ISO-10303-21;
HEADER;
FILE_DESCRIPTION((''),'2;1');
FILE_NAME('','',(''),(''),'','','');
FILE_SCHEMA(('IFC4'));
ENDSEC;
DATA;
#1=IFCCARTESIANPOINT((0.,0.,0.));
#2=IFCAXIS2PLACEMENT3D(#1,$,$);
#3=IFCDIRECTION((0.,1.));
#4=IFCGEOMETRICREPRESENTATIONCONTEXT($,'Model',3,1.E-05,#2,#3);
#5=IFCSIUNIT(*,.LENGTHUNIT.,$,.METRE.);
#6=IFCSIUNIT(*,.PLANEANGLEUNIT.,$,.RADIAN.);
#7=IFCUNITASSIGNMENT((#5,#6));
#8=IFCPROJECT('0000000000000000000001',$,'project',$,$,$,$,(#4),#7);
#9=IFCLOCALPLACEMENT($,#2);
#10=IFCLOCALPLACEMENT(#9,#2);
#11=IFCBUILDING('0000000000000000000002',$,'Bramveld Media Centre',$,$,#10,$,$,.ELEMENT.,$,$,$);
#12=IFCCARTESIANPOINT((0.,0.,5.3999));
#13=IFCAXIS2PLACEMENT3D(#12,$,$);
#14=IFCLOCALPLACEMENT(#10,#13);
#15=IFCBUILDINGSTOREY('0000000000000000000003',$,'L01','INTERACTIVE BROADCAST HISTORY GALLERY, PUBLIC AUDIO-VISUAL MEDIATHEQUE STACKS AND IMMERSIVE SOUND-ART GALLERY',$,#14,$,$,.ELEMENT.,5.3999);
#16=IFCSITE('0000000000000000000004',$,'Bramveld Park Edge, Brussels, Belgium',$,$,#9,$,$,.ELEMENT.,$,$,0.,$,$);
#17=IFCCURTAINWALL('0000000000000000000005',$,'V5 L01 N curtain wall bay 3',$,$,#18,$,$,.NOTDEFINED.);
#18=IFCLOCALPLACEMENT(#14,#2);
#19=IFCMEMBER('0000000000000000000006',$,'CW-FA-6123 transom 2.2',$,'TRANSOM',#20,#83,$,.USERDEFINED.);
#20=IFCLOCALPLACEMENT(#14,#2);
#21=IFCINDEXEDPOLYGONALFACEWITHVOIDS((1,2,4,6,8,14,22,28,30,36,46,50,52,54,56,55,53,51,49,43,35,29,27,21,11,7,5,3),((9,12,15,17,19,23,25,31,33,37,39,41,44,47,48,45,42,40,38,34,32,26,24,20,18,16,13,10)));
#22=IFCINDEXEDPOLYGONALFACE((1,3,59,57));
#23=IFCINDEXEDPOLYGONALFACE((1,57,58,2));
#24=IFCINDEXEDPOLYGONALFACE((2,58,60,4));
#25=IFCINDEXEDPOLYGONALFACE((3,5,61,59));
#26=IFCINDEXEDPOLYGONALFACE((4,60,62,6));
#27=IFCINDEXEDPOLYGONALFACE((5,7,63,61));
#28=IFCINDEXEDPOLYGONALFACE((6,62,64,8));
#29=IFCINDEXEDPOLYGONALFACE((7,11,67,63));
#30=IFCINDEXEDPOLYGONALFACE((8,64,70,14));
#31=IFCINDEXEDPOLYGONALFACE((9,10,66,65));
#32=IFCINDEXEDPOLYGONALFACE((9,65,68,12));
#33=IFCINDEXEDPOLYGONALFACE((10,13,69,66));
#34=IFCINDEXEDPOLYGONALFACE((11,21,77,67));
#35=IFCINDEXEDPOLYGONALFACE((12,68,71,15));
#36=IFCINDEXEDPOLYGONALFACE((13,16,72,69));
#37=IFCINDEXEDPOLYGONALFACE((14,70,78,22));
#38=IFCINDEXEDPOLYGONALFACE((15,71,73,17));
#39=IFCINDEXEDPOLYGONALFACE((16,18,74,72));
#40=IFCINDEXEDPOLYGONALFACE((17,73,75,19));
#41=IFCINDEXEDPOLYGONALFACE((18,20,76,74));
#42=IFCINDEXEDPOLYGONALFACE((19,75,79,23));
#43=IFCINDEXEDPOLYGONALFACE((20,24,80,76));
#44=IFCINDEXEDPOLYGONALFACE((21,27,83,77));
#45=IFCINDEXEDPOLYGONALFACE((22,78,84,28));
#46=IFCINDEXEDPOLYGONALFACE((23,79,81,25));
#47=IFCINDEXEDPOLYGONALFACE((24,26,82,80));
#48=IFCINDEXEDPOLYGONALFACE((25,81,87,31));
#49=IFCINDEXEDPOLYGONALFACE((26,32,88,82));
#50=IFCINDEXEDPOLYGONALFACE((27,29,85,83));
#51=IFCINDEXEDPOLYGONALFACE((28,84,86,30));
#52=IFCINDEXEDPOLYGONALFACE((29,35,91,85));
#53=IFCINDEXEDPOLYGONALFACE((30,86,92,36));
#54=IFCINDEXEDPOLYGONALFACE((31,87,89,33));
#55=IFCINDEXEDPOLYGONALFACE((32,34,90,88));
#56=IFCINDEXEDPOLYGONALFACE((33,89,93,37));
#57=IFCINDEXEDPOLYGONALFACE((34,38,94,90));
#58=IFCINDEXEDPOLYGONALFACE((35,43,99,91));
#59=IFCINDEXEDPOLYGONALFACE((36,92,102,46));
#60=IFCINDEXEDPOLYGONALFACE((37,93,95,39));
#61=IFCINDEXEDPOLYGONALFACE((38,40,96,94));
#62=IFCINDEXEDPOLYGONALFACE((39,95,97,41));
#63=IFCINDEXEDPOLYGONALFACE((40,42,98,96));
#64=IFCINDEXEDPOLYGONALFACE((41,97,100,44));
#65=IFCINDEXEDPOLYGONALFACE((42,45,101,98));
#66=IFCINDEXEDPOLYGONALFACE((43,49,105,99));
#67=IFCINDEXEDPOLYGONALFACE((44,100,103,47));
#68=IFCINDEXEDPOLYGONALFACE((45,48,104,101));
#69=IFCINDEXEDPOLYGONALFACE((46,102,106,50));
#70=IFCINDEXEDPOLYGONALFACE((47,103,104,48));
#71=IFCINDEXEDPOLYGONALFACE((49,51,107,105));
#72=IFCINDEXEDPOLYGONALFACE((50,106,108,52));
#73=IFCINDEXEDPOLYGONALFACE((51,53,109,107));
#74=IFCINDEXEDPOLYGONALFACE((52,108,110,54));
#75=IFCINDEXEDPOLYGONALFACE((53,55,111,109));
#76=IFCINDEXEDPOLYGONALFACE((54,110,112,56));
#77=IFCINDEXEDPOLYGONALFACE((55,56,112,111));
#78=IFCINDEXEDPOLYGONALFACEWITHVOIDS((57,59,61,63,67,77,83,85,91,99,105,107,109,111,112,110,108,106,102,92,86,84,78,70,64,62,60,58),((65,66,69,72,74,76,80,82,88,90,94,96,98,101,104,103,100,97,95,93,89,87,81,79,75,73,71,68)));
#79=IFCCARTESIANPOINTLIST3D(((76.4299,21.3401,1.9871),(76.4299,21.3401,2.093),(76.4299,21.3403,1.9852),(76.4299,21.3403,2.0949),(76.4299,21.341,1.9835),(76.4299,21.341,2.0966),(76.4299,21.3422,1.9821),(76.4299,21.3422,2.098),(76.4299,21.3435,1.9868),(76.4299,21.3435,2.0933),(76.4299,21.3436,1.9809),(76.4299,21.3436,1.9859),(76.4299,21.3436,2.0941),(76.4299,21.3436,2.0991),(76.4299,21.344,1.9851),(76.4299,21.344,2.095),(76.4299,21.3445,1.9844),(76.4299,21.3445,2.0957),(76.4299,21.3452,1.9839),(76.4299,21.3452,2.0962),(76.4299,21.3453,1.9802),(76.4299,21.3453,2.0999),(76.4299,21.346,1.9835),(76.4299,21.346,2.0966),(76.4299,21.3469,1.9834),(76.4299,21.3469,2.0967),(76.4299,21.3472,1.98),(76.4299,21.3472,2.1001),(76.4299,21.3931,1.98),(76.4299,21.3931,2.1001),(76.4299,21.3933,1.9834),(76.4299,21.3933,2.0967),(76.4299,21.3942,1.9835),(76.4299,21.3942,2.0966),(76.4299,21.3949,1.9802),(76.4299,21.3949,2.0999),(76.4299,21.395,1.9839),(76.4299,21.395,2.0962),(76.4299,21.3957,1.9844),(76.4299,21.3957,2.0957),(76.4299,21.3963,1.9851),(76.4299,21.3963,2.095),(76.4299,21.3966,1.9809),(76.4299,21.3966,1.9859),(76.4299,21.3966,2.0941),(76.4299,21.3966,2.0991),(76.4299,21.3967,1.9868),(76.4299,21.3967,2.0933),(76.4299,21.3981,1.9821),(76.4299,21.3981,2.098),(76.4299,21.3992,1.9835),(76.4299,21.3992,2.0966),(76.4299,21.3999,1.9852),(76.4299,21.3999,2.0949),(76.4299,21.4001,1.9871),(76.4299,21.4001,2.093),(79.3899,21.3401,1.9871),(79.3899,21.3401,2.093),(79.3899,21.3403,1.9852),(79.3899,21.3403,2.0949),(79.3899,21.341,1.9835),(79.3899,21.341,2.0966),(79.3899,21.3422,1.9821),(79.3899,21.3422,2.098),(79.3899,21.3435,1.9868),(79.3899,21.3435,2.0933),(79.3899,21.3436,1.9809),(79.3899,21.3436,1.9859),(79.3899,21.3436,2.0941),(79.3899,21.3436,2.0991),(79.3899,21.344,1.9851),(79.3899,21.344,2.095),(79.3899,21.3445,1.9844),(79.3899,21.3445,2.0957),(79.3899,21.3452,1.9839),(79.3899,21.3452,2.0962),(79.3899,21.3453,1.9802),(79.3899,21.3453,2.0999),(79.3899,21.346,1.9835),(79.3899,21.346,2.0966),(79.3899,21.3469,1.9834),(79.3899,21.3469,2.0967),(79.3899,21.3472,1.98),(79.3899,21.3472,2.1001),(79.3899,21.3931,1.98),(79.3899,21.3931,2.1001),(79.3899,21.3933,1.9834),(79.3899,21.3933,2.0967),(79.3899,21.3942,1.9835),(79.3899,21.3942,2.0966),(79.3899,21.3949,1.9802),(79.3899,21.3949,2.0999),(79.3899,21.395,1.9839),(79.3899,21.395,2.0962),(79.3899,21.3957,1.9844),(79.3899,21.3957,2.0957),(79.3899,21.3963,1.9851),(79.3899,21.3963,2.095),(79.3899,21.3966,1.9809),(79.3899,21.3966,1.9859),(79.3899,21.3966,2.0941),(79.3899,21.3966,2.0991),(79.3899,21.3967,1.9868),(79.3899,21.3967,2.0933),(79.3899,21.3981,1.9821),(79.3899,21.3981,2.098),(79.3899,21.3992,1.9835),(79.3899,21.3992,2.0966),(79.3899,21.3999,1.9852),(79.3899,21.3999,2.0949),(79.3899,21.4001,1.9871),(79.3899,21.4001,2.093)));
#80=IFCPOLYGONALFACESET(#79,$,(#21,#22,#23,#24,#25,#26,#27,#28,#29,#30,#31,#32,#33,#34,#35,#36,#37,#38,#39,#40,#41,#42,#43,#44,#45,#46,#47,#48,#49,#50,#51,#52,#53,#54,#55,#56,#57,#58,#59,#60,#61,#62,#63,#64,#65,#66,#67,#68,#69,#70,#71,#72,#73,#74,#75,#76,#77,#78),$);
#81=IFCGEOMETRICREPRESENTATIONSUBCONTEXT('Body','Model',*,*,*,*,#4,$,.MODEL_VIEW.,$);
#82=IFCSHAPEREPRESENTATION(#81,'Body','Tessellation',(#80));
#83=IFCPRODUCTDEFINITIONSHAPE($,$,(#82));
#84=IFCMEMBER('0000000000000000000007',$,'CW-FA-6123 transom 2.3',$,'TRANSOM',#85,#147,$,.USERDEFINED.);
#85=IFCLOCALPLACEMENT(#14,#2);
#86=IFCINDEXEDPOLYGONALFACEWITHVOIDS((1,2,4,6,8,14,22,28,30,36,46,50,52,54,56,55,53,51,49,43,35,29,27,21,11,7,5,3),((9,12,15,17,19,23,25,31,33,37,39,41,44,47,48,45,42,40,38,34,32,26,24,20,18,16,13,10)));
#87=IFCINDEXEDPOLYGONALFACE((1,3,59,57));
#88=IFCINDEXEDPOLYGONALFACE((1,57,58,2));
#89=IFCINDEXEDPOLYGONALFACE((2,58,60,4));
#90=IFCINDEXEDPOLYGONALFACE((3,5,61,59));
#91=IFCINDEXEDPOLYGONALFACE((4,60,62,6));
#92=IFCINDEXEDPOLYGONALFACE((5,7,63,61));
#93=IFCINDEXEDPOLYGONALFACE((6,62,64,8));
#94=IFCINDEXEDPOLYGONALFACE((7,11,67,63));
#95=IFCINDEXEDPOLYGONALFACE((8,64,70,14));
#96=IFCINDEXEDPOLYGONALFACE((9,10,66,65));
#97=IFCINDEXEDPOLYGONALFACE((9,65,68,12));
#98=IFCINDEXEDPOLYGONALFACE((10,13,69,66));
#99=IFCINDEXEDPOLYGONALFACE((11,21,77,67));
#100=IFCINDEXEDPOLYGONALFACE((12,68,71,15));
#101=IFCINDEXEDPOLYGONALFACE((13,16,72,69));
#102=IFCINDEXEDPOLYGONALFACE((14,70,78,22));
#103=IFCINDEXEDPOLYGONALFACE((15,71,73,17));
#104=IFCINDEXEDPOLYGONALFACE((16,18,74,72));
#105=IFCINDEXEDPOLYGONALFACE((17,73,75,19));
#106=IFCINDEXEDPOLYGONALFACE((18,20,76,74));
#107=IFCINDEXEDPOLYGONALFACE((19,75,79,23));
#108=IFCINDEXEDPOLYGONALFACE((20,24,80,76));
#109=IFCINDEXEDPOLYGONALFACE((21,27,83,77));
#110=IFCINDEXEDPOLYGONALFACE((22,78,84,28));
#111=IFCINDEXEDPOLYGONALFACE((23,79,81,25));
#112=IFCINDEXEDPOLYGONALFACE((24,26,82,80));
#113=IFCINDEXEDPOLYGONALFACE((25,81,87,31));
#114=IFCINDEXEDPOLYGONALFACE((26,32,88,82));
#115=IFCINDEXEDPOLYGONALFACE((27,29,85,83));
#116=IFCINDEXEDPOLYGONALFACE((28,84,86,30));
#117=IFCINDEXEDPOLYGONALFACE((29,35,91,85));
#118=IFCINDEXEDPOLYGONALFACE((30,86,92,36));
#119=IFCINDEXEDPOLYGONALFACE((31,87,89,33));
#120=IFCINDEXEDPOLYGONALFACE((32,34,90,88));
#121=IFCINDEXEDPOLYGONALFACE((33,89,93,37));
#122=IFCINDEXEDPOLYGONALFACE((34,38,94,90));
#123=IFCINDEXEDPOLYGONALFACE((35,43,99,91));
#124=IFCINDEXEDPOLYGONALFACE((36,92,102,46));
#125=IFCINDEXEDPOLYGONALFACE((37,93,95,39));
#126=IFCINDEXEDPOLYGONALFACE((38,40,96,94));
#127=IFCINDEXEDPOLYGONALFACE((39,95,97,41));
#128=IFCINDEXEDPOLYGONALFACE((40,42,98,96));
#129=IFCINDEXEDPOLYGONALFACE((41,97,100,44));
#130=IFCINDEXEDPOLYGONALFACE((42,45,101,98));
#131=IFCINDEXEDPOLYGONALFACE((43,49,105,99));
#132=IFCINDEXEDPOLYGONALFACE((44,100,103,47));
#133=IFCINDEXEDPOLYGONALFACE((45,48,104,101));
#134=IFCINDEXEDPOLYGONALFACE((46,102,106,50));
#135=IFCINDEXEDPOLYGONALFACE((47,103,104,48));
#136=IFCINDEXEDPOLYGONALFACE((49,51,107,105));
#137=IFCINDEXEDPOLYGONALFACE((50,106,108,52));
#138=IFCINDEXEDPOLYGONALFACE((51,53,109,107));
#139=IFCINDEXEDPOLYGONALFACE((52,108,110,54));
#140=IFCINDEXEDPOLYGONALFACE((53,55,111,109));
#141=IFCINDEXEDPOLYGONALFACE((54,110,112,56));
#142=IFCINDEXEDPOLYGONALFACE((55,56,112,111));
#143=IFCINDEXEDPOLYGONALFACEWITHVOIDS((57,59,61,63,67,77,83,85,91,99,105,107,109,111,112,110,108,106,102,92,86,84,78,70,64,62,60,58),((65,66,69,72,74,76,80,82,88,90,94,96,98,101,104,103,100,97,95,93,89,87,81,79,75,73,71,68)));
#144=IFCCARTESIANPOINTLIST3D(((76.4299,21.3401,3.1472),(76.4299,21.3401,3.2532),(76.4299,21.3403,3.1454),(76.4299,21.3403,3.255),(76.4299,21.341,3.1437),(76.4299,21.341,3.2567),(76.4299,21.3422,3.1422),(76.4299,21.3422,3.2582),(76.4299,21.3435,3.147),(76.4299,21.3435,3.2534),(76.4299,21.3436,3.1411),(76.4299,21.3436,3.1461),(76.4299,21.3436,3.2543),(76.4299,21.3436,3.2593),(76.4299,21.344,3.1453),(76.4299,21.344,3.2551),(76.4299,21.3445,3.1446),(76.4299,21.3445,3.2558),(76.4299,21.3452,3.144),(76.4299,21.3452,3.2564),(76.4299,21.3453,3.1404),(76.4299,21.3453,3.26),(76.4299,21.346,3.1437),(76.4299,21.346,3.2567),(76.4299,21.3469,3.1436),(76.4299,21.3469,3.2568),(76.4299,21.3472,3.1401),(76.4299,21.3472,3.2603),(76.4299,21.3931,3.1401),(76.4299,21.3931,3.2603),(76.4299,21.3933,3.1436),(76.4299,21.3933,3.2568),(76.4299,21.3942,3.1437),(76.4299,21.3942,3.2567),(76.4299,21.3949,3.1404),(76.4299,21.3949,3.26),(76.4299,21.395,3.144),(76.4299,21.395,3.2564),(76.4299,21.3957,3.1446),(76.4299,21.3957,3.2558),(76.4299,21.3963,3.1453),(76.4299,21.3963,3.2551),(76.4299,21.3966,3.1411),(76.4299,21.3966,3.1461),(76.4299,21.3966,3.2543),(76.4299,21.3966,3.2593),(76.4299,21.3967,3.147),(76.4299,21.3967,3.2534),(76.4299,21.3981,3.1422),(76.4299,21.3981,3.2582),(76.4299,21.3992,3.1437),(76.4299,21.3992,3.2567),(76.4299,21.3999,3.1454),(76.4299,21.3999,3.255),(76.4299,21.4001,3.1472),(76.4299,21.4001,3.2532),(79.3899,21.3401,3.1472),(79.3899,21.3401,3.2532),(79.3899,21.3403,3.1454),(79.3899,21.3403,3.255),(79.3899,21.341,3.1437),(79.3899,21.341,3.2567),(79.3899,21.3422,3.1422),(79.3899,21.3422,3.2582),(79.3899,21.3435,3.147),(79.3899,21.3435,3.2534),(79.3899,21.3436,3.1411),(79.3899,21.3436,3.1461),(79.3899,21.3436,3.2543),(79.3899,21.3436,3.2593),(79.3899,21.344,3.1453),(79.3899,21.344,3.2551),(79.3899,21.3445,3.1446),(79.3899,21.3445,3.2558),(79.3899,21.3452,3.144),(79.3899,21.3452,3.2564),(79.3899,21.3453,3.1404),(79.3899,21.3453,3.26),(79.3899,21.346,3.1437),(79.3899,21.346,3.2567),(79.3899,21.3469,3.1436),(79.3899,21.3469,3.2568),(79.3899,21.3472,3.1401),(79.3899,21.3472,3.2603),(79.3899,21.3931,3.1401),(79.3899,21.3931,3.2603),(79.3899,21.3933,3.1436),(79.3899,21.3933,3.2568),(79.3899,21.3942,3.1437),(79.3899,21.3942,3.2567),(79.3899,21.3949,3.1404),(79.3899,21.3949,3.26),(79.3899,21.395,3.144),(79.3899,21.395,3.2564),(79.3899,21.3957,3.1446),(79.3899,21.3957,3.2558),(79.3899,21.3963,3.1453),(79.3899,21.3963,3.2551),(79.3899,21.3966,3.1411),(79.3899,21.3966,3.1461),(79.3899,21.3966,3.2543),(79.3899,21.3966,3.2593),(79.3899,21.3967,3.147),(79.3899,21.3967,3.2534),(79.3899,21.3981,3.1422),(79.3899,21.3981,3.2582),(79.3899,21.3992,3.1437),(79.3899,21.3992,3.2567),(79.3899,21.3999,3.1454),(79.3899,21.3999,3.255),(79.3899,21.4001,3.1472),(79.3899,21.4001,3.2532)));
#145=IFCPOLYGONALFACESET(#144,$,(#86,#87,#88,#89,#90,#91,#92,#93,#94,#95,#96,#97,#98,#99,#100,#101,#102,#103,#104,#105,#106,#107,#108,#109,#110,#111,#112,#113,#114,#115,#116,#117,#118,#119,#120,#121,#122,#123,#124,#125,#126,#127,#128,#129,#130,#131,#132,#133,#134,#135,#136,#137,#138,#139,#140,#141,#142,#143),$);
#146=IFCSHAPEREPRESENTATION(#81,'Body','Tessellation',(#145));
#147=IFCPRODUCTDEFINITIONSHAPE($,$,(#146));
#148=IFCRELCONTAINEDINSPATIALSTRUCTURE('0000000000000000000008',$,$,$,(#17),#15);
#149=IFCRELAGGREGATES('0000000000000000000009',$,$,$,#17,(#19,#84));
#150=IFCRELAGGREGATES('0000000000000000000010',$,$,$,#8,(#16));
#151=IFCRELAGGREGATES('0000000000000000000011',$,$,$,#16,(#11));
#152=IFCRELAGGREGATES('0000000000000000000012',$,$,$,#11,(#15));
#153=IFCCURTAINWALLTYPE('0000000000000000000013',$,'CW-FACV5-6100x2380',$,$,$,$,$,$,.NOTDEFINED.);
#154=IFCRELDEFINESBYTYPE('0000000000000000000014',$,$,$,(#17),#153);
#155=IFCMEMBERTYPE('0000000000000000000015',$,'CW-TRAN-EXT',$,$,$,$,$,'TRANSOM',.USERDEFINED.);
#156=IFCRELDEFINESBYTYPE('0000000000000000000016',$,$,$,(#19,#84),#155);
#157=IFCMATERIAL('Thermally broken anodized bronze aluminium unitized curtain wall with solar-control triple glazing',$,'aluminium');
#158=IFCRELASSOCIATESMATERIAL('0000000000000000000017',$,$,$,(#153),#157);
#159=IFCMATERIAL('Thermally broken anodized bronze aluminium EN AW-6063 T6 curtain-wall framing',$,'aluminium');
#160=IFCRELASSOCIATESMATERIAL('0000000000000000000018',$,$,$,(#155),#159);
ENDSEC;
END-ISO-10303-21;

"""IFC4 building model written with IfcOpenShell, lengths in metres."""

from ifc_helpers import new_model, si_unit, direction, frame, origin, origin_2d, place, context, subcontext, project, spatial, hollow_rectangle, extrude, material, material_profile, profile_set, type_object, element, aggregate, save


model = new_model("IFC4")

# Units and contexts
model_context = context("Model", 3, precision=1e-05, world=origin(), true_north=direction((0.0, 1.0)))
body_context = subcontext(model_context, "Body", "Model", "MODEL_VIEW")
ifc_project = project(units=[si_unit("LENGTHUNIT", "METRE"), si_unit("PLANEANGLEUNIT", "RADIAN")], contexts=[model_context])

# Site, building, storey
site_placement = place(None, origin())
site = spatial("IfcSite", under=ifc_project, at=site_placement, Name="Bramveld Park Edge, Brussels, Belgium", CompositionType="ELEMENT", RefElevation=0.0)
building_placement = place(site_placement, origin())
building = spatial("IfcBuilding", under=site, at=building_placement, Name="Bramveld Media Centre", CompositionType="ELEMENT")
storey_placement = place(building_placement, frame((0.0, 0.0, 5.3999)))
storey = spatial("IfcBuildingStorey", under=building, at=storey_placement, Name="L01", Description="INTERACTIVE BROADCAST HISTORY GALLERY, PUBLIC AUDIO-VISUAL MEDIATHEQUE STACKS AND IMMERSIVE SOUND-ART GALLERY", CompositionType="ELEMENT", Elevation=5.3999)

# Curtain wall
ifc_material_1 = material(Name="Thermally broken anodized bronze aluminium unitized curtain wall with solar-control triple glazing", Category="aluminium")
curtain_wall_type = type_object("IfcCurtainWallType", Name="CW-FACV5-6100x2380", PredefinedType="NOTDEFINED", material=ifc_material_1)
curtain_wall_1_placement = place(storey_placement, origin())
curtain_wall_1 = element("IfcCurtainWall", 1, at=curtain_wall_1_placement, inside=storey, type_object=curtain_wall_type, Name="V5 L01 N curtain wall bay 3", PredefinedType="NOTDEFINED")

# Members
ifc_material_2 = material(Name="Thermally broken anodized bronze aluminium EN AW-6063 T6 curtain-wall framing", Category="aluminium")
ifc_material_profile_1 = material_profile(ifc_material_2, hollow_rectangle(XDim=0.0601, YDim=0.1201, WallThickness=0.0034, InnerFilletRadius=0.0034, OuterFilletRadius=0.0071, at=origin_2d()), Name="AL-TRAN 60x120")
ifc_profile_set_1 = profile_set([ifc_material_profile_1], Name="Thermally broken anodized bronze aluminium EN AW-6063 T6 curtain-wall framing")
member_type_1 = type_object("IfcMemberType", Name="CW-TRAN-EXT", ElementType="TRANSOM", PredefinedType="USERDEFINED", material=ifc_profile_set_1)
member_1_placement = place(storey_placement, frame((76.4299, 21.3701, 2.04), z_axis=(1.0, 0.0, 0.0), x_axis=(0.0, 1.0, 0.0)))
member_1 = element("IfcMember", 2, at=member_1_placement, type_object=member_type_1, Name="CW-FA-6123 transom 2.2", ObjectType="TRANSOM", PredefinedType="USERDEFINED", context=body_context, shape_type="SweptSolid", body=[
    extrude(hollow_rectangle(XDim=0.0601, YDim=0.1201, WallThickness=0.0034, InnerFilletRadius=0.0034, OuterFilletRadius=0.0071, at=origin_2d()), origin(), (0.0, 0.0, 1.0), 2.96),
])
member_2_placement = place(storey_placement, frame((76.4299, 21.3701, 3.2002), z_axis=(1.0, 0.0, 0.0), x_axis=(0.0, 1.0, 0.0)))
member_2 = element("IfcMember", 3, at=member_2_placement, type_object=member_type_1, Name="CW-FA-6123 transom 2.3", ObjectType="TRANSOM", PredefinedType="USERDEFINED", context=body_context, shape_type="SweptSolid", body=[
    extrude(hollow_rectangle(XDim=0.0601, YDim=0.1201, WallThickness=0.0034, InnerFilletRadius=0.0034, OuterFilletRadius=0.0071, at=origin_2d()), origin(), (0.0, 0.0, 1.0), 2.96),
])

aggregate(curtain_wall_1, [member_1, member_2])

save(model, "model.ifc")
